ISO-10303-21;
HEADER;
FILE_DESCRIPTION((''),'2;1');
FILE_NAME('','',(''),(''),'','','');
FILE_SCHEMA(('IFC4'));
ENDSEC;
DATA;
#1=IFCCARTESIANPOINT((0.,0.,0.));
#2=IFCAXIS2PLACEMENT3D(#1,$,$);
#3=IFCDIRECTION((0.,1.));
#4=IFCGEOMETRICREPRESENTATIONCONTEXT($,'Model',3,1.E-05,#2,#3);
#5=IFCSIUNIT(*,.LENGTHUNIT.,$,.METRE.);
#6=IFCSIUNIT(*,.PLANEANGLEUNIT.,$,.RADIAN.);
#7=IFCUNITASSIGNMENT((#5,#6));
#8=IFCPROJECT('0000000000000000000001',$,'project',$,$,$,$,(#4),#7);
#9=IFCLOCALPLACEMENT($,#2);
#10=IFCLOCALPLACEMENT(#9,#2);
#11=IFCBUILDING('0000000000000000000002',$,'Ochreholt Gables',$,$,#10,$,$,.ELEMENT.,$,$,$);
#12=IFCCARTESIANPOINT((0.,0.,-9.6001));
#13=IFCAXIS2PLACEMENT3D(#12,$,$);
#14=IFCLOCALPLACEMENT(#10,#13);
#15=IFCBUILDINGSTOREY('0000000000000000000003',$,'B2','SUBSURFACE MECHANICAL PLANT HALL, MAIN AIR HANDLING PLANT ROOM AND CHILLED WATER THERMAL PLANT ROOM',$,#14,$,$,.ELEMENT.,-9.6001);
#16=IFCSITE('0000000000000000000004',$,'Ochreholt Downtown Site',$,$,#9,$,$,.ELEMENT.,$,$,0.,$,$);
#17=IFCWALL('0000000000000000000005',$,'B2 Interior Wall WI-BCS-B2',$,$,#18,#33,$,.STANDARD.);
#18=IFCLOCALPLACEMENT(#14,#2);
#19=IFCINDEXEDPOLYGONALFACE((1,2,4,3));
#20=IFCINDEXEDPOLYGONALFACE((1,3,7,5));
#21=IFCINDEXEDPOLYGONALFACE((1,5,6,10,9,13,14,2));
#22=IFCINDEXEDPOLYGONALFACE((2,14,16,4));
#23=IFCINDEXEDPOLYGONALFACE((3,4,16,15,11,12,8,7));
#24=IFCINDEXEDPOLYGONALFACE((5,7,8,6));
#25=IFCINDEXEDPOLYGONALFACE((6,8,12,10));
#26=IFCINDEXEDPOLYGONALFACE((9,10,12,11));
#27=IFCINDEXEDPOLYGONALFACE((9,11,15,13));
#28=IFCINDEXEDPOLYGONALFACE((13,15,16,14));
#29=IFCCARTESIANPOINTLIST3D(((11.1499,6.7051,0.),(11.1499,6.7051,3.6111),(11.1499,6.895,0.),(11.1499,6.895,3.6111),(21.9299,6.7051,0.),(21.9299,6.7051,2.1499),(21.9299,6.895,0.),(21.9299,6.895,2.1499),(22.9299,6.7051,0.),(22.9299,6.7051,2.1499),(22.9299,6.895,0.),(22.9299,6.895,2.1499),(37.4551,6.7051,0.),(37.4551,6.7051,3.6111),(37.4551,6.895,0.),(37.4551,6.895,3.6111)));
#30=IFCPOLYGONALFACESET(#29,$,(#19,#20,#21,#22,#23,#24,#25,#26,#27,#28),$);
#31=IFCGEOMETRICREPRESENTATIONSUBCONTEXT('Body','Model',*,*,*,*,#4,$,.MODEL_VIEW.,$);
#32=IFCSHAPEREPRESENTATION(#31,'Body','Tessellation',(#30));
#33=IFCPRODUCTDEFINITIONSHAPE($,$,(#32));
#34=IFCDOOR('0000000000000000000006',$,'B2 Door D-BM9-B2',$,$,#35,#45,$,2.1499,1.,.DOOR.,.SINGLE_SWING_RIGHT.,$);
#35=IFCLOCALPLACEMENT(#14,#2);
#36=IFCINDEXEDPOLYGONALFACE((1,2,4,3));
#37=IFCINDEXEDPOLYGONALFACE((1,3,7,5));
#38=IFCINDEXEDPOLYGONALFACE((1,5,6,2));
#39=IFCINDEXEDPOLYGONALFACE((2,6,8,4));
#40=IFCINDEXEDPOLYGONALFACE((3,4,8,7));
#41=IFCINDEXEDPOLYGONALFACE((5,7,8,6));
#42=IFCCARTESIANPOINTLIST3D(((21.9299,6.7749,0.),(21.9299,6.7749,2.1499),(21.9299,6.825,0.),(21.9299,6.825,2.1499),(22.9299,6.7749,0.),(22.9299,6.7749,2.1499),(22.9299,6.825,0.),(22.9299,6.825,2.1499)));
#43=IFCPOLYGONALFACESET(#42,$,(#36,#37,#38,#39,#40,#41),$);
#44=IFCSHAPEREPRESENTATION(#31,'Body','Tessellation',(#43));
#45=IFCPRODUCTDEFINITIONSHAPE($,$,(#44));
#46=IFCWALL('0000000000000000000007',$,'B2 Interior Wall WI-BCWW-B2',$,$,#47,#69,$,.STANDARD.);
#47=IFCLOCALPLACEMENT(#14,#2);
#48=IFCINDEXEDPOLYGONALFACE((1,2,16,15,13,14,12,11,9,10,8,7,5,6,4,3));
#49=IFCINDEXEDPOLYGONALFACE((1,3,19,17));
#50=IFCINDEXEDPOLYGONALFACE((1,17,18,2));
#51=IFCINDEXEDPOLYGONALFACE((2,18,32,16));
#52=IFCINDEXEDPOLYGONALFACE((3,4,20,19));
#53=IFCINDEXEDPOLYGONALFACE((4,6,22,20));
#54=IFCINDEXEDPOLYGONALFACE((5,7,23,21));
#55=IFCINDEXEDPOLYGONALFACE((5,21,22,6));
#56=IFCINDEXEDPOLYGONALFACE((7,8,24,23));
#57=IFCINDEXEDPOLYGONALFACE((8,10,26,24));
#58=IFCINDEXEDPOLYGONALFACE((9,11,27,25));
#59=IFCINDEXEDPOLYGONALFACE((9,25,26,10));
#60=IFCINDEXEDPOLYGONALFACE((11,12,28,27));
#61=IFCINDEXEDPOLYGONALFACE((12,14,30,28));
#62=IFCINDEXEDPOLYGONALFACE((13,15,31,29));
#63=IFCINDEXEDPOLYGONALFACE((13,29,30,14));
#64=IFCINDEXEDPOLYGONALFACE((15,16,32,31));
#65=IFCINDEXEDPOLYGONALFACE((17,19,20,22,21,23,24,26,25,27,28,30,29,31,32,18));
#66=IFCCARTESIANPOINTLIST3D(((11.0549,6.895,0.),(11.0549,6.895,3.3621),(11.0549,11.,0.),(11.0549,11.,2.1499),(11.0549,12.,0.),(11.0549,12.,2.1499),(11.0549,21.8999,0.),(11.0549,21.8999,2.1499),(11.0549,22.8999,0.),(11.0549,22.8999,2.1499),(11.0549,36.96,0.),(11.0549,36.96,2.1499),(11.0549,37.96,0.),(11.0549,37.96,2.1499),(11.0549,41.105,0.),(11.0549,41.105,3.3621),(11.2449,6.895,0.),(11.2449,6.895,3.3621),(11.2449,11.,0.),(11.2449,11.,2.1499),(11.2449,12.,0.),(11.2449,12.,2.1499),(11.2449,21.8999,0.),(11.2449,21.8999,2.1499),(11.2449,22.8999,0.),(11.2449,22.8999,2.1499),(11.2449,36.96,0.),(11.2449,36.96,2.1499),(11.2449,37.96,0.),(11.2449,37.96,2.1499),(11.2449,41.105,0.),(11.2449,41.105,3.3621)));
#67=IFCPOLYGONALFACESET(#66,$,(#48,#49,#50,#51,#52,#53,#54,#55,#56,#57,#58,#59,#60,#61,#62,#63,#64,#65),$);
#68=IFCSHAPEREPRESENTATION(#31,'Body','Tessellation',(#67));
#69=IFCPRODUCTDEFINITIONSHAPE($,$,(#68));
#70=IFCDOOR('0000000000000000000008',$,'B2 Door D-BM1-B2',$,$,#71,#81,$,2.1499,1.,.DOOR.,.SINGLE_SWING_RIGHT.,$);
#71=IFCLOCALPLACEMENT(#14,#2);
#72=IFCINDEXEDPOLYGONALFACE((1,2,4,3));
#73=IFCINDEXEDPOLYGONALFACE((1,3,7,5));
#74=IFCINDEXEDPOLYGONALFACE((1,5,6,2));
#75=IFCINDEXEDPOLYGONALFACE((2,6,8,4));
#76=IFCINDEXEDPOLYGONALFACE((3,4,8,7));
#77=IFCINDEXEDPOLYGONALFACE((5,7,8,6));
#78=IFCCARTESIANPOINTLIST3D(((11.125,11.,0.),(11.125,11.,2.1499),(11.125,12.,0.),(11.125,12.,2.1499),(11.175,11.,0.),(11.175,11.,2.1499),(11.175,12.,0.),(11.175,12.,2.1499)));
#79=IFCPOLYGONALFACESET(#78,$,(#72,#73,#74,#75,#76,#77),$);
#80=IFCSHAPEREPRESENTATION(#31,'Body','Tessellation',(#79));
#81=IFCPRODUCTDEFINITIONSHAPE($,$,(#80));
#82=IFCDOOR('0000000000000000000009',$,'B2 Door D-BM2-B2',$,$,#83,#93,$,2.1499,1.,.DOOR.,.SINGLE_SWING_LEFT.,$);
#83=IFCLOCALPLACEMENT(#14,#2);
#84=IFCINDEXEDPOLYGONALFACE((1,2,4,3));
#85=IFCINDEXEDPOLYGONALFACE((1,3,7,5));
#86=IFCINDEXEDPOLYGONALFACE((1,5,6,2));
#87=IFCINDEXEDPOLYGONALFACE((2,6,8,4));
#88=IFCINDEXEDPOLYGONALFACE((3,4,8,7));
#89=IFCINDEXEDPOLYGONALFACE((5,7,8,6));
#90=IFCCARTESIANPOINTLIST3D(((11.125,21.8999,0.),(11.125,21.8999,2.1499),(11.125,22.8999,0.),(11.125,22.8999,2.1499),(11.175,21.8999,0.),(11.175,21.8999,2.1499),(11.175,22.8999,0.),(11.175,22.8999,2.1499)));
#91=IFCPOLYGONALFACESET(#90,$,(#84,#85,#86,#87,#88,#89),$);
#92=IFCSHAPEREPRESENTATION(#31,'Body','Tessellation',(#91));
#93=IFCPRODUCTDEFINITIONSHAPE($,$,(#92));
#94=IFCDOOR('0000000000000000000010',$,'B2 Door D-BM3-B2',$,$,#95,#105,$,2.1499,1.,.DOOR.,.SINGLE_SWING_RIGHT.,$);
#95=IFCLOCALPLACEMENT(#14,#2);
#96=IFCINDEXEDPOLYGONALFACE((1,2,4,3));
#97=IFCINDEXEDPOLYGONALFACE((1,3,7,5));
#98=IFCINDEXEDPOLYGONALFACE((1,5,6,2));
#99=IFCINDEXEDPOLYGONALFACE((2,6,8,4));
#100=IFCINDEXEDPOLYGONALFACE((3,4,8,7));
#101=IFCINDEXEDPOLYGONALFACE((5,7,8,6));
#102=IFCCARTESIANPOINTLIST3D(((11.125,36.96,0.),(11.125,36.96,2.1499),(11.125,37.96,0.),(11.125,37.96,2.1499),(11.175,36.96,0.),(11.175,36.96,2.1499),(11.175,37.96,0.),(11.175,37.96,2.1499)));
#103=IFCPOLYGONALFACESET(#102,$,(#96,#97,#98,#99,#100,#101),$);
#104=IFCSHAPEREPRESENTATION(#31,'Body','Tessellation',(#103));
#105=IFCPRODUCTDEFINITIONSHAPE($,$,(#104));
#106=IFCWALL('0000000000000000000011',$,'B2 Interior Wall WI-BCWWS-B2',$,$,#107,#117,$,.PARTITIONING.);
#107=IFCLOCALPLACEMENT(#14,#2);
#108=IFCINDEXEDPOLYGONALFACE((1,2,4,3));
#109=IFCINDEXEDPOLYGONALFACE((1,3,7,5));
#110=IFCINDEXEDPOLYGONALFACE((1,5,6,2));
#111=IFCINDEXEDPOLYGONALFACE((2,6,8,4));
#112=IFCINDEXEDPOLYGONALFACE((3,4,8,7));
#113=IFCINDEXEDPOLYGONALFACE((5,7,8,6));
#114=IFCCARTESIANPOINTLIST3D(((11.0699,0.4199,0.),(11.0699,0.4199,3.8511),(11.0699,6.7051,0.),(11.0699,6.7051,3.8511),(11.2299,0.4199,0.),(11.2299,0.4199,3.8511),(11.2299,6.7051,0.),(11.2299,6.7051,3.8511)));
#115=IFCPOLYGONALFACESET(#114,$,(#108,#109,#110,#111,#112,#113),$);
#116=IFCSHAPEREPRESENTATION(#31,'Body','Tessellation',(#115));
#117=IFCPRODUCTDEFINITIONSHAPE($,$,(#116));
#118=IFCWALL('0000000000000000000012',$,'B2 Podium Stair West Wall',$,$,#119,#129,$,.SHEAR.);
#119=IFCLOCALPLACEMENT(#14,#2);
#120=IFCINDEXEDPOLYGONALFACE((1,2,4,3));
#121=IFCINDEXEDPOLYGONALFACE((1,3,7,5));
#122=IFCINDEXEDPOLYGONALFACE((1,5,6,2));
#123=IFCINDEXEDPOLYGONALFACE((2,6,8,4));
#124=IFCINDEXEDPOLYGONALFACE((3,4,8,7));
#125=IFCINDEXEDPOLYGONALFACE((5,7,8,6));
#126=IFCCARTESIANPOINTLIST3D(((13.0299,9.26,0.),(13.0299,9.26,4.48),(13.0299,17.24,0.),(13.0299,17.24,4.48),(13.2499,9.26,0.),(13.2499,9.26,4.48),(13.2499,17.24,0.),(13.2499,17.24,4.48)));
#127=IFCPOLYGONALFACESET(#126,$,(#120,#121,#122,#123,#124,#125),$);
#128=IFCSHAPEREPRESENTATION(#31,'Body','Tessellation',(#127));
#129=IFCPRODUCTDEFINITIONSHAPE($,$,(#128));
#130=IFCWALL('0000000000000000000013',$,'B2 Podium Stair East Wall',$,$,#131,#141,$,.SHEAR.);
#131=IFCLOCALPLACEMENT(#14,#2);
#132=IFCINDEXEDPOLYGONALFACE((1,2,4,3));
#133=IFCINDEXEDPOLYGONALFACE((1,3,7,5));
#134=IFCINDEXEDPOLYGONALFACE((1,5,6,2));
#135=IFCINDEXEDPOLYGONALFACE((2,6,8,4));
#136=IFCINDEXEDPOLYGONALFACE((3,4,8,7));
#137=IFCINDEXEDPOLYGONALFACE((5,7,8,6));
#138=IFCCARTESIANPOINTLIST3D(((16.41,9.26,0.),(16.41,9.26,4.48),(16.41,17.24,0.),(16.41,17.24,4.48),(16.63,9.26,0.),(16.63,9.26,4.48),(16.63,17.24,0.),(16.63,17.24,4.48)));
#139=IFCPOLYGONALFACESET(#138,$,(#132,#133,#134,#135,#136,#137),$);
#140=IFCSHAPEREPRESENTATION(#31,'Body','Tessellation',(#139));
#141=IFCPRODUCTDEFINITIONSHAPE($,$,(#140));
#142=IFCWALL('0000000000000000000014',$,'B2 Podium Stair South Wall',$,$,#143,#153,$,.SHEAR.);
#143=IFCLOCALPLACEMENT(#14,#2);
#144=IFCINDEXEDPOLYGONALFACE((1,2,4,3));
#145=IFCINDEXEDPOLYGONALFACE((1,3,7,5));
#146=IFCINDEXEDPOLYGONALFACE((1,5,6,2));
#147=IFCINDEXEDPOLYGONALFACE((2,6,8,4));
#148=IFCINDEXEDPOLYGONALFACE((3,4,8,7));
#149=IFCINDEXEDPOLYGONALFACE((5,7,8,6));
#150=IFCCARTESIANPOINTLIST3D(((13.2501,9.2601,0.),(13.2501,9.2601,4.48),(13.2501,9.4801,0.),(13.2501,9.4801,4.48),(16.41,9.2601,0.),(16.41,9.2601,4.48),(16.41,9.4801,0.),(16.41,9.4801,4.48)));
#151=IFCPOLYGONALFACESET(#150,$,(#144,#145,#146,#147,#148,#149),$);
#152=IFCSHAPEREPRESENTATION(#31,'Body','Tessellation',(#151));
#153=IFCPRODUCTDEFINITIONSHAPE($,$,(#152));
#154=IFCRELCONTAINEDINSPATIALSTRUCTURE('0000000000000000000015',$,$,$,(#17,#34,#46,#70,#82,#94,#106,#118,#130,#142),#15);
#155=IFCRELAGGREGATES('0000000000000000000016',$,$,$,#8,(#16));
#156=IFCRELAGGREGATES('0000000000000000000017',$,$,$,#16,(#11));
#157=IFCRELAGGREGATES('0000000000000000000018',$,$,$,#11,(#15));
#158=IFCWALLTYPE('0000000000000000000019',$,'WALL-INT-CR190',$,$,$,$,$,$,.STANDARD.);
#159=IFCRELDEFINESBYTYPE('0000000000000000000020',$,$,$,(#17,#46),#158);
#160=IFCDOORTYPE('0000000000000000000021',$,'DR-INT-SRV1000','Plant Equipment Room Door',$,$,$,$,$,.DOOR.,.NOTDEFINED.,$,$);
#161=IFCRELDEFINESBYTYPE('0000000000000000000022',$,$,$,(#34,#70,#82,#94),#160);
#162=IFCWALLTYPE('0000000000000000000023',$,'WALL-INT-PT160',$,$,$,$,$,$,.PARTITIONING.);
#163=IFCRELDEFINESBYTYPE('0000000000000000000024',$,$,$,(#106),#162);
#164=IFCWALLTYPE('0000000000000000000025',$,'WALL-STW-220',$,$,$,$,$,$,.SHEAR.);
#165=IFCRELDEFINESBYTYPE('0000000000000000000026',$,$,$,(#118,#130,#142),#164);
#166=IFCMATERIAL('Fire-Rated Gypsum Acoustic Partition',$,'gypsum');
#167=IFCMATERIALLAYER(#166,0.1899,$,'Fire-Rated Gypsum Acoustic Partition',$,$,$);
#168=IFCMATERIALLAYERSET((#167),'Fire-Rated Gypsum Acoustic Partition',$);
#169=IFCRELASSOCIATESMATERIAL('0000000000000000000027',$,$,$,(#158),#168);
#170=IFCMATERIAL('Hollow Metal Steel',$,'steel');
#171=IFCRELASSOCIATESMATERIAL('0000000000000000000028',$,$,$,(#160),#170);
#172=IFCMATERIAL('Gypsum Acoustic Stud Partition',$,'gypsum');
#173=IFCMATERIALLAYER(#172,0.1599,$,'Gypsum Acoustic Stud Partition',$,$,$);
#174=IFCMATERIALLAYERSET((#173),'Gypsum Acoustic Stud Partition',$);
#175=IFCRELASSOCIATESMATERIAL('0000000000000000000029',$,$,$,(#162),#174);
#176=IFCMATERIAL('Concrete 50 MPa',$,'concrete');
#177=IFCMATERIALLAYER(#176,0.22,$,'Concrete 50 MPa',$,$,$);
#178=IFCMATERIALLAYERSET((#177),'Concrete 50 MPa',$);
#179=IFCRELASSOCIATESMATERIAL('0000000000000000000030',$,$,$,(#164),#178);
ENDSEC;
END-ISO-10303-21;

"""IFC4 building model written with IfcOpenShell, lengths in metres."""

from ifc_helpers import new_model, si_unit, direction, frame, frame_2d, origin, place, context, subcontext, project, spatial, rectangle, extrude, material, layer, layer_set, type_object, element, fill, save


model = new_model("IFC4")

# Units and contexts
model_context = context("Model", 3, precision=1e-05, world=origin(), true_north=direction((0.0, 1.0)))
body_context = subcontext(model_context, "Body", "Model", "MODEL_VIEW")
ifc_project = project(units=[si_unit("LENGTHUNIT", "METRE"), si_unit("PLANEANGLEUNIT", "RADIAN")], contexts=[model_context])

# Site, building, storey
site_placement = place(None, origin())
site = spatial("IfcSite", under=ifc_project, at=site_placement, Name="Ochreholt Downtown Site", CompositionType="ELEMENT", RefElevation=0.0)
building_placement = place(site_placement, origin())
building = spatial("IfcBuilding", under=site, at=building_placement, Name="Ochreholt Gables", CompositionType="ELEMENT")
storey_placement = place(building_placement, frame((0.0, 0.0, -9.6001)))
storey = spatial("IfcBuildingStorey", under=building, at=storey_placement, Name="B2", Description="SUBSURFACE MECHANICAL PLANT HALL, MAIN AIR HANDLING PLANT ROOM AND CHILLED WATER THERMAL PLANT ROOM", CompositionType="ELEMENT", Elevation=-9.6001)

# Shared definitions
ifc_material_1 = material(Name="Concrete 50 MPa", Category="concrete")

# Wall, opening, door
ifc_material_2 = material(Name="Fire-Rated Gypsum Acoustic Partition", Category="gypsum")
ifc_layer_1 = layer(ifc_material_2, 0.1899, Name="Fire-Rated Gypsum Acoustic Partition")
ifc_layer_set_1 = layer_set([ifc_layer_1], Name="Fire-Rated Gypsum Acoustic Partition")
wall_type_1 = type_object("IfcWallType", Name="WALL-INT-CR190", PredefinedType="STANDARD", material=ifc_layer_set_1)
wall_1_placement = place(storey_placement, frame((11.1499, 6.8, 0.0), z_axis=(0.0, 0.0, 1.0), x_axis=(1.0, 0.0, 0.0)))
wall_1 = element("IfcWall", 1, at=wall_1_placement, inside=storey, type_object=wall_type_1, Name="B2 Interior Wall WI-BCS-B2", PredefinedType="STANDARD", context=body_context, shape_type="SweptSolid", body=[
    extrude(rectangle(XDim=26.3052, YDim=0.1899, at=frame_2d((13.1526, 0.0))), origin(), (0.0, 0.0, 1.0), 3.6111),
])
opening_1_placement = place(wall_1_placement, frame((10.78, 0.0, 0.0)))
opening_1 = element("IfcOpeningElement", 2, at=opening_1_placement, cuts=wall_1, PredefinedType="OPENING", context=body_context, shape_type="SweptSolid", body=[
    extrude(rectangle(XDim=1.0, YDim=2.1499, at=frame_2d((0.5, 1.075))), frame((0.0, 0.105, 0.0), z_axis=(0.0, -1.0, 0.0), x_axis=(1.0, 0.0, 0.0)), (0.0, 0.0, 1.0), 0.21),
])
ifc_material_3 = material(Name="Hollow Metal Steel", Category="steel")
door_type = type_object("IfcDoorType", Name="DR-INT-SRV1000", Description="Plant Equipment Room Door", OperationType="NOTDEFINED", PredefinedType="DOOR", material=ifc_material_3)
door_1_placement = place(opening_1_placement, origin())
door_1 = element("IfcDoor", 3, at=door_1_placement, inside=storey, type_object=door_type, Name="B2 Door D-BM9-B2", OperationType="SINGLE_SWING_RIGHT", OverallHeight=2.1499, OverallWidth=1.0, PredefinedType="DOOR", context=body_context, shape_type="SweptSolid", body=[
    extrude(rectangle(XDim=1.0, YDim=2.1499, at=frame_2d((0.5, 1.075))), frame((0.0, 0.0249, 0.0), z_axis=(0.0, -1.0, 0.0), x_axis=(1.0, 0.0, 0.0)), (0.0, 0.0, 1.0), 0.05),
])
fill(opening_1, door_1)

# Wall, openings, doors
wall_2_placement = place(storey_placement, frame((11.1499, 6.895, 0.0), z_axis=(0.0, 0.0, 1.0), x_axis=(0.0, 1.0, 0.0)))
wall_2 = element("IfcWall", 4, at=wall_2_placement, inside=storey, type_object=wall_type_1, Name="B2 Interior Wall WI-BCWW-B2", PredefinedType="STANDARD", context=body_context, shape_type="SweptSolid", body=[
    extrude(rectangle(XDim=34.21, YDim=0.1899, at=frame_2d((17.105, 0.0))), origin(), (0.0, 0.0, 1.0), 3.3621),
])
opening_2_placement = place(wall_2_placement, frame((4.105, 0.0, 0.0)))
opening_2 = element("IfcOpeningElement", 5, at=opening_2_placement, cuts=wall_2, PredefinedType="OPENING", context=body_context, shape_type="SweptSolid", body=[
    extrude(rectangle(XDim=1.0, YDim=2.1499, at=frame_2d((0.5, 1.075))), frame((0.0, 0.105, 0.0), z_axis=(0.0, -1.0, 0.0), x_axis=(1.0, 0.0, 0.0)), (0.0, 0.0, 1.0), 0.21),
])
opening_3_placement = place(wall_2_placement, frame((15.0049, 0.0, 0.0)))
opening_3 = element("IfcOpeningElement", 6, at=opening_3_placement, cuts=wall_2, PredefinedType="OPENING", context=body_context, shape_type="SweptSolid", body=[
    extrude(rectangle(XDim=1.0, YDim=2.1499, at=frame_2d((0.5, 1.075))), frame((0.0, 0.105, 0.0), z_axis=(0.0, -1.0, 0.0), x_axis=(1.0, 0.0, 0.0)), (0.0, 0.0, 1.0), 0.21),
])
opening_4_placement = place(wall_2_placement, frame((30.0649, 0.0, 0.0)))
opening_4 = element("IfcOpeningElement", 7, at=opening_4_placement, cuts=wall_2, PredefinedType="OPENING", context=body_context, shape_type="SweptSolid", body=[
    extrude(rectangle(XDim=1.0, YDim=2.1499, at=frame_2d((0.5, 1.075))), frame((0.0, 0.105, 0.0), z_axis=(0.0, -1.0, 0.0), x_axis=(1.0, 0.0, 0.0)), (0.0, 0.0, 1.0), 0.21),
])
door_2_placement = place(opening_2_placement, origin())
door_2 = element("IfcDoor", 8, at=door_2_placement, inside=storey, type_object=door_type, Name="B2 Door D-BM1-B2", OperationType="SINGLE_SWING_RIGHT", OverallHeight=2.1499, OverallWidth=1.0, PredefinedType="DOOR", context=body_context, shape_type="SweptSolid", body=[
    extrude(rectangle(XDim=1.0, YDim=2.1499, at=frame_2d((0.5, 1.075))), frame((0.0, 0.0249, 0.0), z_axis=(0.0, -1.0, 0.0), x_axis=(1.0, 0.0, 0.0)), (0.0, 0.0, 1.0), 0.05),
])
fill(opening_2, door_2)
door_3_placement = place(opening_3_placement, origin())
door_3 = element("IfcDoor", 9, at=door_3_placement, inside=storey, type_object=door_type, Name="B2 Door D-BM2-B2", OperationType="SINGLE_SWING_LEFT", OverallHeight=2.1499, OverallWidth=1.0, PredefinedType="DOOR", context=body_context, shape_type="SweptSolid", body=[
    extrude(rectangle(XDim=1.0, YDim=2.1499, at=frame_2d((0.5, 1.075))), frame((0.0, 0.0249, 0.0), z_axis=(0.0, -1.0, 0.0), x_axis=(1.0, 0.0, 0.0)), (0.0, 0.0, 1.0), 0.05),
])
fill(opening_3, door_3)
door_4_placement = place(opening_4_placement, origin())
door_4 = element("IfcDoor", 10, at=door_4_placement, inside=storey, type_object=door_type, Name="B2 Door D-BM3-B2", OperationType="SINGLE_SWING_RIGHT", OverallHeight=2.1499, OverallWidth=1.0, PredefinedType="DOOR", context=body_context, shape_type="SweptSolid", body=[
    extrude(rectangle(XDim=1.0, YDim=2.1499, at=frame_2d((0.5, 1.075))), frame((0.0, 0.0249, 0.0), z_axis=(0.0, -1.0, 0.0), x_axis=(1.0, 0.0, 0.0)), (0.0, 0.0, 1.0), 0.05),
])
fill(opening_4, door_4)

# Walls
ifc_material_4 = material(Name="Gypsum Acoustic Stud Partition", Category="gypsum")
ifc_layer_2 = layer(ifc_material_4, 0.1599, Name="Gypsum Acoustic Stud Partition")
ifc_layer_set_2 = layer_set([ifc_layer_2], Name="Gypsum Acoustic Stud Partition")
wall_type_2 = type_object("IfcWallType", Name="WALL-INT-PT160", PredefinedType="PARTITIONING", material=ifc_layer_set_2)
wall_3_placement = place(storey_placement, frame((11.1499, 0.4199, 0.0), z_axis=(0.0, 0.0, 1.0), x_axis=(0.0, 1.0, 0.0)))
element("IfcWall", 11, at=wall_3_placement, inside=storey, type_object=wall_type_2, Name="B2 Interior Wall WI-BCWWS-B2", PredefinedType="PARTITIONING", context=body_context, shape_type="SweptSolid", body=[
    extrude(rectangle(XDim=6.2852, YDim=0.1599, at=frame_2d((3.1426, 0.0))), origin(), (0.0, 0.0, 1.0), 3.8511),
])
ifc_layer_3 = layer(ifc_material_1, 0.22, Name="Concrete 50 MPa")
ifc_layer_set_3 = layer_set([ifc_layer_3], Name="Concrete 50 MPa")
wall_type_3 = type_object("IfcWallType", Name="WALL-STW-220", PredefinedType="SHEAR", material=ifc_layer_set_3)
for number, where, z_axis, x_axis, name in (
    (12, (13.1399, 9.26, 0.0), (0.0, 0.0, 1.0), (0.0, 1.0, 0.0), "B2 Podium Stair West Wall"),
    (13, (16.52, 9.26, 0.0), (0.0, 0.0, 1.0), (0.0, 1.0, 0.0), "B2 Podium Stair East Wall"),
):
    element("IfcWall", number, at=place(storey_placement, frame(where, z_axis=z_axis, x_axis=x_axis)), inside=storey, type_object=wall_type_3, Name=name, PredefinedType="SHEAR", context=body_context, shape_type="SweptSolid", body=[
        extrude(rectangle(XDim=7.98, YDim=0.22, at=frame_2d((3.99, 0.0))), origin(), (0.0, 0.0, 1.0), 4.48),
    ])
wall_4_placement = place(storey_placement, frame((13.25, 9.3701, 0.0), z_axis=(0.0, 0.0, 1.0), x_axis=(1.0, 0.0, 0.0)))
element("IfcWall", 14, at=wall_4_placement, inside=storey, type_object=wall_type_3, Name="B2 Podium Stair South Wall", PredefinedType="SHEAR", context=body_context, shape_type="SweptSolid", body=[
    extrude(rectangle(XDim=3.1599, YDim=0.22, at=frame_2d((1.5801, 0.0))), origin(), (0.0, 0.0, 1.0), 4.48),
])

save(model, "model.ifc")
